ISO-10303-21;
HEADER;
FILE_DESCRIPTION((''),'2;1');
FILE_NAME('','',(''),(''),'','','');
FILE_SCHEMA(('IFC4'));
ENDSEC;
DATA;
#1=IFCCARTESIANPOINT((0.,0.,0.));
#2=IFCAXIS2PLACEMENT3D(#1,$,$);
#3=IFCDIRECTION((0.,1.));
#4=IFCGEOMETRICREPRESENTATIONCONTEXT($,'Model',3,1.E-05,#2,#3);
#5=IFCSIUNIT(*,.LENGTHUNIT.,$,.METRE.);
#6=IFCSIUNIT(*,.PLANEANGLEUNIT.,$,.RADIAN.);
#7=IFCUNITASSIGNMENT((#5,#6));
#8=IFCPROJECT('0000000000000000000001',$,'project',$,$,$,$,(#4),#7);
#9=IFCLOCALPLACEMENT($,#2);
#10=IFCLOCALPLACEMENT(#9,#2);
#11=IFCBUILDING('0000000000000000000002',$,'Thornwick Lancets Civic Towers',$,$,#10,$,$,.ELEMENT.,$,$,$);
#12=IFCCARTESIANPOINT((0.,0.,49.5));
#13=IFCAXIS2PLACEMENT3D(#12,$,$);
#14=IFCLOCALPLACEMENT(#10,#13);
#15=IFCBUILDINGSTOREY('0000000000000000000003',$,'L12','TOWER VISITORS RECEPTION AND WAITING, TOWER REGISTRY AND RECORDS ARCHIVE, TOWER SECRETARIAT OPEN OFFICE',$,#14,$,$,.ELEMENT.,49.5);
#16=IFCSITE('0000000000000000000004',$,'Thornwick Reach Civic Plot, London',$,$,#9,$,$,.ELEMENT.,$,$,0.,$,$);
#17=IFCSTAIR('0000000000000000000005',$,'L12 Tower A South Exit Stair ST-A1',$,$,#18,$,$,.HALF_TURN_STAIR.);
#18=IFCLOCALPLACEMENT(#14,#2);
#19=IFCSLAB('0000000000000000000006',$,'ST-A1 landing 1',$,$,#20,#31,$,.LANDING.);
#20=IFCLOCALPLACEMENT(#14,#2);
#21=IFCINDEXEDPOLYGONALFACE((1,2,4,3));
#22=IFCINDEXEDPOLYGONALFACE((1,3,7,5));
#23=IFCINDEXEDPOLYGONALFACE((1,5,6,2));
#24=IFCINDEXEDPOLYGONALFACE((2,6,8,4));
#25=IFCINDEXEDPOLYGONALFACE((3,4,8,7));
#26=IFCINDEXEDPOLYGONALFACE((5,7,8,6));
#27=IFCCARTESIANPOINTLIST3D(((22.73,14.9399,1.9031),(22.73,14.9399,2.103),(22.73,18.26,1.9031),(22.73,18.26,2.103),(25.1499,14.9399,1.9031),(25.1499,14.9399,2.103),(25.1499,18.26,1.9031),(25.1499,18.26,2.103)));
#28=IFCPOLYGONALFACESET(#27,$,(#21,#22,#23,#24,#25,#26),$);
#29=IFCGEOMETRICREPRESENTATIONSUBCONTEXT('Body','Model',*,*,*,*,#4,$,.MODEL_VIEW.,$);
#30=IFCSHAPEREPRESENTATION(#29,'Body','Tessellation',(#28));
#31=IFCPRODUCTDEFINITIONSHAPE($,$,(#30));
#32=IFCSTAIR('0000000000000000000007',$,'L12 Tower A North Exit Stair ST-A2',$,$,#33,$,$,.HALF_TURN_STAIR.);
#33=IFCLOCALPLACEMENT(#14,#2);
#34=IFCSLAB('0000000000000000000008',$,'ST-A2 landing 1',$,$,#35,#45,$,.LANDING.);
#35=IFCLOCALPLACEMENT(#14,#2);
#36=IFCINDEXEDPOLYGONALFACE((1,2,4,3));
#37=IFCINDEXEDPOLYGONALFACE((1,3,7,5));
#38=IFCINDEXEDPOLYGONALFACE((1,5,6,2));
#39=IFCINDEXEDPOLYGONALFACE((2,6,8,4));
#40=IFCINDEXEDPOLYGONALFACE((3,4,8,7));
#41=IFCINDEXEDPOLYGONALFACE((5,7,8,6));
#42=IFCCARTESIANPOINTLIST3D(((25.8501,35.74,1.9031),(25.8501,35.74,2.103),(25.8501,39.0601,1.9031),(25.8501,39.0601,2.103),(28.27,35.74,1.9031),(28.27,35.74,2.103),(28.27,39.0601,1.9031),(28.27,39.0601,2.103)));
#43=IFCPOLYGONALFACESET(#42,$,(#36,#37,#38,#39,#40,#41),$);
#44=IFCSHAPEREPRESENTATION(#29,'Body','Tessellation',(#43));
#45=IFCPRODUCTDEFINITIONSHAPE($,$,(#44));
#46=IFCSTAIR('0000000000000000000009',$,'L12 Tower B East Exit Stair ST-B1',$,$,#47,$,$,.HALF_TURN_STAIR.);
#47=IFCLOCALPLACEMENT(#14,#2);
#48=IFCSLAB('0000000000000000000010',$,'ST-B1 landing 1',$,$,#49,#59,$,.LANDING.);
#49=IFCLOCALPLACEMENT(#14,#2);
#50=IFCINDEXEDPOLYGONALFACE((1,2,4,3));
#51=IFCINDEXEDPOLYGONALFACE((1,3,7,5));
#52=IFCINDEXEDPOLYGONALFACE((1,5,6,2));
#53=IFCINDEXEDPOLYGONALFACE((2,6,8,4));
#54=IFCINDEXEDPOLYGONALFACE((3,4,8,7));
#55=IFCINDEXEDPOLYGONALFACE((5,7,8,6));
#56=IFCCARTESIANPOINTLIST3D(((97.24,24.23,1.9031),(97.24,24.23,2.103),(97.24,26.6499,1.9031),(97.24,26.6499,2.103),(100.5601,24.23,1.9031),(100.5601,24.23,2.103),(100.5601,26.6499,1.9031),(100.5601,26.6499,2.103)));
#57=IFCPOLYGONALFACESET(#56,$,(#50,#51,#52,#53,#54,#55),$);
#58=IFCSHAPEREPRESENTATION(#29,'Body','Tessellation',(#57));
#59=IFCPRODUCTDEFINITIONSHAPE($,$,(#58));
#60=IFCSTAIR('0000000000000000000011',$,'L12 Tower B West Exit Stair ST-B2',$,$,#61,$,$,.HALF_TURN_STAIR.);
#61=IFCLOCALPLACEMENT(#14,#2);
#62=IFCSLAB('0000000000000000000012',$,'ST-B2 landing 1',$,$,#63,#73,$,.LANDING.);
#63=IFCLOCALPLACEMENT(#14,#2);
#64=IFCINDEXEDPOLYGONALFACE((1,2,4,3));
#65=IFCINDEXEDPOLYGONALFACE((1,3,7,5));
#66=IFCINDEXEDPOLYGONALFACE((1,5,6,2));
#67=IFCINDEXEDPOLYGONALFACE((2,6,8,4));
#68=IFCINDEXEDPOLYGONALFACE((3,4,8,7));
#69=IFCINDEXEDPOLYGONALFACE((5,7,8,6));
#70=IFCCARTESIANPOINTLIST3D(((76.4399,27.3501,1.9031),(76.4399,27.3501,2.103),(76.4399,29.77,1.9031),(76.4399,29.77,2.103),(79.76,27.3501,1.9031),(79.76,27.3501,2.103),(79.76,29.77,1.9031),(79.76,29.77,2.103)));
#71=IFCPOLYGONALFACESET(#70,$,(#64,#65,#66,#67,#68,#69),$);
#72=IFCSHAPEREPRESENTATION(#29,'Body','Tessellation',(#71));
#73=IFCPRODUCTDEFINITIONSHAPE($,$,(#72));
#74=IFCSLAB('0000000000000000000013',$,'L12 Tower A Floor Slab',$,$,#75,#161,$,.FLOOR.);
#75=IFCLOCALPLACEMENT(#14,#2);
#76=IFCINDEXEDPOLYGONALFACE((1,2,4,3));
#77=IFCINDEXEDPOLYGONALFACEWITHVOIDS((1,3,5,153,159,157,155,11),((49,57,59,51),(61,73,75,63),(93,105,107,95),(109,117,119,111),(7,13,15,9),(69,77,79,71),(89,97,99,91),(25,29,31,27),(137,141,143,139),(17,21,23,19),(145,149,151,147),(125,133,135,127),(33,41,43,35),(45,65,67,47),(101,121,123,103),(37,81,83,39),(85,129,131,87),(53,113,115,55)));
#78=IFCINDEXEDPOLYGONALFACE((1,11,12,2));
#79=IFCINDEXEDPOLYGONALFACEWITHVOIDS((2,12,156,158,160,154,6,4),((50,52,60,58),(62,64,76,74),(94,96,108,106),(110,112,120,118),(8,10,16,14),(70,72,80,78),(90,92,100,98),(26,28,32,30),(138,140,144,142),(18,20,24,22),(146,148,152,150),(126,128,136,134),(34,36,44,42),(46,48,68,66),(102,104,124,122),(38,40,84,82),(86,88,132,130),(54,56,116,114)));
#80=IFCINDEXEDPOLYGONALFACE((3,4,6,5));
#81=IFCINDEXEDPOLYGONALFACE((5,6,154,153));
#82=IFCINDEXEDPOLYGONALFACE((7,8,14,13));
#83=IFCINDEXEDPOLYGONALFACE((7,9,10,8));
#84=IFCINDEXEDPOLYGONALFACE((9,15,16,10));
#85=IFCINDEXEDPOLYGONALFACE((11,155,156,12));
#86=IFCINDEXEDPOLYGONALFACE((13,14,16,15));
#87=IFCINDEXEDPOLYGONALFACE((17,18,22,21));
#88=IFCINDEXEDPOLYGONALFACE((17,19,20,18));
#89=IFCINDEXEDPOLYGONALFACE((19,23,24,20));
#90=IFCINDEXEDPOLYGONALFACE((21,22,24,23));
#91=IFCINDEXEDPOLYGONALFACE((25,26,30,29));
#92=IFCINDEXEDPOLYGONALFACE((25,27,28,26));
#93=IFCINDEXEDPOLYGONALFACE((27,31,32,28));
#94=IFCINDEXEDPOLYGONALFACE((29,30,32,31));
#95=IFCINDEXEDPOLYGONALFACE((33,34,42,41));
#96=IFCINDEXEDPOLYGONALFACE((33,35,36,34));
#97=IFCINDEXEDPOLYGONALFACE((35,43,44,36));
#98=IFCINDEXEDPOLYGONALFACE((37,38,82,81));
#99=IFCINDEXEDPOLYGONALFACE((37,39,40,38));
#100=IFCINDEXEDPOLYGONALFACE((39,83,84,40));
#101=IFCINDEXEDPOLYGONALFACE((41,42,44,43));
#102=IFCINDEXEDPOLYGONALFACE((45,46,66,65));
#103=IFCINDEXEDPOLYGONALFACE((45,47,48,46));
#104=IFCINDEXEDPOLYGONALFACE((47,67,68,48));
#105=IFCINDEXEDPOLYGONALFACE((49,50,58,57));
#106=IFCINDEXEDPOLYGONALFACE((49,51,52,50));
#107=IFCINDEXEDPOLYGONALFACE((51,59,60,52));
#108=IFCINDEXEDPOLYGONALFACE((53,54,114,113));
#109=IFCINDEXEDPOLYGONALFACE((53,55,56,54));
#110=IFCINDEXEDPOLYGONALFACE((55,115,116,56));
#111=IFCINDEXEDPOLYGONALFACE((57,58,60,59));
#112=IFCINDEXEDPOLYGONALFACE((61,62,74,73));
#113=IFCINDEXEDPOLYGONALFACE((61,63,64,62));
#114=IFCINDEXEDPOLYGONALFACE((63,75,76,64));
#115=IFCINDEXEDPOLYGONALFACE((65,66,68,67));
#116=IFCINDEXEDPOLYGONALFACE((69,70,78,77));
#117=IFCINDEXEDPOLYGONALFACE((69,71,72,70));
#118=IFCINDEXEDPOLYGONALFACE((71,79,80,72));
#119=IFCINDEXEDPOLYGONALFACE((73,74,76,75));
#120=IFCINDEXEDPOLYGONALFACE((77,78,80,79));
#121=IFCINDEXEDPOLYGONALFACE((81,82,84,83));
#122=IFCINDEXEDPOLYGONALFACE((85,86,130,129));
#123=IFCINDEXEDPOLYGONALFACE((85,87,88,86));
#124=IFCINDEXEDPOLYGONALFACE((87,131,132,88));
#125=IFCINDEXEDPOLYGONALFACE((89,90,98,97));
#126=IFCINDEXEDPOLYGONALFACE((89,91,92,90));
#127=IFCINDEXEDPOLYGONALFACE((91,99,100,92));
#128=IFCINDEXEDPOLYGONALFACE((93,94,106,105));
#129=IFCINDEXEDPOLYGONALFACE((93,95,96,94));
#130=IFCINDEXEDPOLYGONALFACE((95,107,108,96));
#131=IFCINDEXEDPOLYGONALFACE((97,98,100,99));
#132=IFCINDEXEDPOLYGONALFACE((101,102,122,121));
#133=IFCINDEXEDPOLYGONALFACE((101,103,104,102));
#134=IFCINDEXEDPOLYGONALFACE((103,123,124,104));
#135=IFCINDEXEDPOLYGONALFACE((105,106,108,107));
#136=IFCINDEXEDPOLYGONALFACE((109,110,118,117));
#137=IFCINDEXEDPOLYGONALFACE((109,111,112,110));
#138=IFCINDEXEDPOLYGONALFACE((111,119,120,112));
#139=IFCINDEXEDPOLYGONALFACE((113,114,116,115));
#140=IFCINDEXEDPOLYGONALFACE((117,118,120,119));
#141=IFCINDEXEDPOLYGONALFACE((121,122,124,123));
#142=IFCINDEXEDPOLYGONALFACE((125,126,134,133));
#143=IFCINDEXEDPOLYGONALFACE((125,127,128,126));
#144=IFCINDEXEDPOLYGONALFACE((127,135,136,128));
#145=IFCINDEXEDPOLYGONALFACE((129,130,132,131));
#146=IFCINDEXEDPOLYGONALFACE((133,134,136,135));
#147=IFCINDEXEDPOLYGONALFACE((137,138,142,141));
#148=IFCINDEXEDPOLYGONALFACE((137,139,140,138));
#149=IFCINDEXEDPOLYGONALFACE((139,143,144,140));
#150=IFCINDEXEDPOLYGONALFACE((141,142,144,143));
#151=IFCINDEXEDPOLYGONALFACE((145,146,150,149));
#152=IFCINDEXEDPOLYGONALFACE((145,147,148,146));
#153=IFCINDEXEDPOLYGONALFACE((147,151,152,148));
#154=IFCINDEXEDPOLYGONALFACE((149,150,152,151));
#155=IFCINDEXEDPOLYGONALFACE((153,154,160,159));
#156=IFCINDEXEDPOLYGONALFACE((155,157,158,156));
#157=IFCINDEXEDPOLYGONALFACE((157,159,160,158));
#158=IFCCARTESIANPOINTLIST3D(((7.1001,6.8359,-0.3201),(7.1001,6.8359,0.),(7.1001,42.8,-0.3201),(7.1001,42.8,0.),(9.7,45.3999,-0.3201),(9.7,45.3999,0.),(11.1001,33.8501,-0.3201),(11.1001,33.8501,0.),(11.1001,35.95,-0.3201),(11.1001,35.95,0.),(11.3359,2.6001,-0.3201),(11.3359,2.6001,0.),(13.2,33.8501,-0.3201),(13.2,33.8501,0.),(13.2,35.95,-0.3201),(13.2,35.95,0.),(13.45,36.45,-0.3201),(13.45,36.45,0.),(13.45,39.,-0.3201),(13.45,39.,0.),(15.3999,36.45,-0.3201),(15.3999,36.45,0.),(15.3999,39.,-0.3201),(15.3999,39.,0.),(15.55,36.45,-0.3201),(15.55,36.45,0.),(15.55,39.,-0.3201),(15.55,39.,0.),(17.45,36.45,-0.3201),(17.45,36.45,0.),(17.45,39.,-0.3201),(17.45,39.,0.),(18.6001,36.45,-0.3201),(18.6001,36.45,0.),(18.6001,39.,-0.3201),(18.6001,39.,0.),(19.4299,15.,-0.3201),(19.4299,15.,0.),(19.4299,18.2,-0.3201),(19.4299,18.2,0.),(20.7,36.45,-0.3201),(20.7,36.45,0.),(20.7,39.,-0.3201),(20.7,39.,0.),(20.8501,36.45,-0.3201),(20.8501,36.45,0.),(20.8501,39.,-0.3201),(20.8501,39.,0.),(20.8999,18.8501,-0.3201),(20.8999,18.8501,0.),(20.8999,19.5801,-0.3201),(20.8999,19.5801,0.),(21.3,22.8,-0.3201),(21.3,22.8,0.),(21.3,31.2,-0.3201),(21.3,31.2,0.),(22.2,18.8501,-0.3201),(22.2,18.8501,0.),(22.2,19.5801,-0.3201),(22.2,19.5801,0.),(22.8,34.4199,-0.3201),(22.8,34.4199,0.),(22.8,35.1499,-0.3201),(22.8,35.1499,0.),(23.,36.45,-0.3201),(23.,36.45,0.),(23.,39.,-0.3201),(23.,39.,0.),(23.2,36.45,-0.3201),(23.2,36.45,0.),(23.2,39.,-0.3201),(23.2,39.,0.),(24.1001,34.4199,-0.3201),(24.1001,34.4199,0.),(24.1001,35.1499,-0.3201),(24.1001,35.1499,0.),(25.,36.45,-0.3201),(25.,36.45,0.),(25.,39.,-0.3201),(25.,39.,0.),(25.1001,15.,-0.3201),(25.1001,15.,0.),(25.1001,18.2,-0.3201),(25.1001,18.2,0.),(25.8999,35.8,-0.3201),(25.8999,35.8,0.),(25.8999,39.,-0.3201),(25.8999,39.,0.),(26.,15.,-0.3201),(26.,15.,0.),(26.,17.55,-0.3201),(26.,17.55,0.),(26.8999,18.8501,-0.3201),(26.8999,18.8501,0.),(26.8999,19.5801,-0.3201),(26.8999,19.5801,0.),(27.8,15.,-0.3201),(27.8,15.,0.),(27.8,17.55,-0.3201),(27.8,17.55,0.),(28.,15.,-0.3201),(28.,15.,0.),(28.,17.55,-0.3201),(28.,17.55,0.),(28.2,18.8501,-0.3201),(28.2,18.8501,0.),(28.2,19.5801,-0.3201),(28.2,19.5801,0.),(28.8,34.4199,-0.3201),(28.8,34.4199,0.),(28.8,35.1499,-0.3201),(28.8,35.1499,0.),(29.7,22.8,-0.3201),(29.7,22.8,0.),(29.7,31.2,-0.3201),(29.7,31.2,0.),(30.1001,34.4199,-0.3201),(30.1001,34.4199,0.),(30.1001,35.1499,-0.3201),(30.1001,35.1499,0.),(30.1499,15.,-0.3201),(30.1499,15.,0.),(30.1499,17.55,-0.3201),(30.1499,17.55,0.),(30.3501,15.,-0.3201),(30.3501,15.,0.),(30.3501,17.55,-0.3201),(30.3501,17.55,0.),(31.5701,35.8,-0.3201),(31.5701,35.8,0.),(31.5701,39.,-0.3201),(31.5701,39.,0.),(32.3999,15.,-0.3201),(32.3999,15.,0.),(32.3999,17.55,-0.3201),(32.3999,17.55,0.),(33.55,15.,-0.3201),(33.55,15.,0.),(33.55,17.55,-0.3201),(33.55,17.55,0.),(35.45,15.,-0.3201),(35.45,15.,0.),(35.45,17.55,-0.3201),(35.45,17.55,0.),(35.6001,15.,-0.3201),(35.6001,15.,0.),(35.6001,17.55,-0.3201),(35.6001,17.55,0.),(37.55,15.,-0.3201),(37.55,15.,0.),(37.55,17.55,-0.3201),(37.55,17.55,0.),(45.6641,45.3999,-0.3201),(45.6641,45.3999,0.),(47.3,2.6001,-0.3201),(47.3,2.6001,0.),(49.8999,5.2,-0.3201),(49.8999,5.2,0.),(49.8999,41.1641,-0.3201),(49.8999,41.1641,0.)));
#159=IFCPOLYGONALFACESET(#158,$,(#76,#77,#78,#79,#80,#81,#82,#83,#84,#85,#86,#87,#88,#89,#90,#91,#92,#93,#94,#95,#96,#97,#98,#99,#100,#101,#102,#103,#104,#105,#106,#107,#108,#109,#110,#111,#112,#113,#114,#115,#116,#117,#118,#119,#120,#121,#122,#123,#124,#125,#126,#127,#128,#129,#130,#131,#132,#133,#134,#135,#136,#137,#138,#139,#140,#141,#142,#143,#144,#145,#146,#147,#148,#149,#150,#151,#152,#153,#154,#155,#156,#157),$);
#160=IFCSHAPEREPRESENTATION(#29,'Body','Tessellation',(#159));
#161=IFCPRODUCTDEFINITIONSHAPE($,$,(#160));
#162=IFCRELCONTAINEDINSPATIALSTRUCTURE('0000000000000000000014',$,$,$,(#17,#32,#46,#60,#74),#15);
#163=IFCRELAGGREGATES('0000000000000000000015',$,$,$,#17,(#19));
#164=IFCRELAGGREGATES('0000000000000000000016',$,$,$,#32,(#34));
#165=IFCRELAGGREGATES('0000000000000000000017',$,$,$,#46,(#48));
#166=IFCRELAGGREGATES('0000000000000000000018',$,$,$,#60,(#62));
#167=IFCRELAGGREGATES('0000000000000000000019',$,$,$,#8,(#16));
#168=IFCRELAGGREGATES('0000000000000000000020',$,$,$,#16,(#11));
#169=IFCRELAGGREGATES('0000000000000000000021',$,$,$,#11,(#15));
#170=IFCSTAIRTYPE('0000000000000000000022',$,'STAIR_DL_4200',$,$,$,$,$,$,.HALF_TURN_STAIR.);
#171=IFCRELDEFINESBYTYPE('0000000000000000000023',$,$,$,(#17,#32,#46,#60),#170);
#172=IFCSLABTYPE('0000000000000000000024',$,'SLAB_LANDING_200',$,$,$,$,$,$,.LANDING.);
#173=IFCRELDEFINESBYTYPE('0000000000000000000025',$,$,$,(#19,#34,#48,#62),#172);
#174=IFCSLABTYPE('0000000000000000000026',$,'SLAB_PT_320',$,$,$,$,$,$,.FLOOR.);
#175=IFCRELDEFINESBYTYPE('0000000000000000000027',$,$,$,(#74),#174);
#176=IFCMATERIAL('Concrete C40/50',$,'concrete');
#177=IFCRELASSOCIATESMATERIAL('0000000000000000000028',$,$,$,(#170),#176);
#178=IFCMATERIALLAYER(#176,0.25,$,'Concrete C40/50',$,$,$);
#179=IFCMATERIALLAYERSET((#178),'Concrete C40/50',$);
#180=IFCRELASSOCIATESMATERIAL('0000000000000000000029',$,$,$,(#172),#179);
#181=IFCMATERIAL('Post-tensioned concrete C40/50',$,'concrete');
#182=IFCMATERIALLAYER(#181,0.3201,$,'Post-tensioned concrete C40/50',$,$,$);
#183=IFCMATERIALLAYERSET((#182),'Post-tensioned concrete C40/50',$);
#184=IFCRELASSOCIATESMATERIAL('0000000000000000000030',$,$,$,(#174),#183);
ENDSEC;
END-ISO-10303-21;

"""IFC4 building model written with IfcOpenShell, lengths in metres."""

from ifc_helpers import new_model, si_unit, direction, frame, origin, place, context, subcontext, project, spatial, polyline, outline, extrude, material, layer, layer_set, type_object, element, aggregate, save


model = new_model("IFC4")

# Units and contexts
model_context = context("Model", 3, precision=1e-05, world=origin(), true_north=direction((0.0, 1.0)))
body_context = subcontext(model_context, "Body", "Model", "MODEL_VIEW")
ifc_project = project(units=[si_unit("LENGTHUNIT", "METRE"), si_unit("PLANEANGLEUNIT", "RADIAN")], contexts=[model_context])

# Site, building, storey
site_placement = place(None, origin())
site = spatial("IfcSite", under=ifc_project, at=site_placement, Name="Thornwick Reach Civic Plot, London", CompositionType="ELEMENT", RefElevation=0.0)
building_placement = place(site_placement, origin())
building = spatial("IfcBuilding", under=site, at=building_placement, Name="Thornwick Lancets Civic Towers", CompositionType="ELEMENT")
storey_placement = place(building_placement, frame((0.0, 0.0, 49.5)))
storey = spatial("IfcBuildingStorey", under=building, at=storey_placement, Name="L12", Description="TOWER VISITORS RECEPTION AND WAITING, TOWER REGISTRY AND RECORDS ARCHIVE, TOWER SECRETARIAT OPEN OFFICE", CompositionType="ELEMENT", Elevation=49.5)

# Stairs, slabs
ifc_material_1 = material(Name="Concrete C40/50", Category="concrete")
stair_type = type_object("IfcStairType", Name="STAIR_DL_4200", PredefinedType="HALF_TURN_STAIR", material=ifc_material_1)
stair_1_placement = place(storey_placement, origin())
stair_1 = element("IfcStair", 1, at=stair_1_placement, inside=storey, type_object=stair_type, Name="L12 Tower A South Exit Stair ST-A1", PredefinedType="HALF_TURN_STAIR")
ifc_layer_1 = layer(ifc_material_1, 0.25, Name="Concrete C40/50")
ifc_layer_set_1 = layer_set([ifc_layer_1], Name="Concrete C40/50")
slab_type_1 = type_object("IfcSlabType", Name="SLAB_LANDING_200", PredefinedType="LANDING", material=ifc_layer_set_1)
slab_1_placement = place(storey_placement, frame((0.0, 0.0, 1.9031)))
slab_1 = element("IfcSlab", 2, at=slab_1_placement, type_object=slab_type_1, Name="ST-A1 landing 1", PredefinedType="LANDING", context=body_context, shape_type="SweptSolid", body=[
    extrude(outline(polyline([(22.73, 14.9399), (25.1499, 14.9399), (25.1499, 18.26), (22.73, 18.26), (22.73, 14.9399)])), origin(), (0.0, 0.0, 1.0), 0.2),
])
aggregate(stair_1, [slab_1])
stair_2_placement = place(storey_placement, origin())
stair_2 = element("IfcStair", 3, at=stair_2_placement, inside=storey, type_object=stair_type, Name="L12 Tower A North Exit Stair ST-A2", PredefinedType="HALF_TURN_STAIR")
slab_2_placement = place(storey_placement, frame((0.0, 0.0, 1.9031)))
slab_2 = element("IfcSlab", 4, at=slab_2_placement, type_object=slab_type_1, Name="ST-A2 landing 1", PredefinedType="LANDING", context=body_context, shape_type="SweptSolid", body=[
    extrude(outline(polyline([(28.27, 39.0601), (25.8501, 39.0601), (25.8501, 35.74), (28.27, 35.74), (28.27, 39.0601)])), origin(), (0.0, 0.0, 1.0), 0.2),
])
aggregate(stair_2, [slab_2])
stair_3_placement = place(storey_placement, origin())
stair_3 = element("IfcStair", 5, at=stair_3_placement, inside=storey, type_object=stair_type, Name="L12 Tower B East Exit Stair ST-B1", PredefinedType="HALF_TURN_STAIR")
slab_3_placement = place(storey_placement, frame((0.0, 0.0, 1.9031)))
slab_3 = element("IfcSlab", 6, at=slab_3_placement, type_object=slab_type_1, Name="ST-B1 landing 1", PredefinedType="LANDING", context=body_context, shape_type="SweptSolid", body=[
    extrude(outline(polyline([(100.5601, 24.23), (100.5601, 26.6499), (97.24, 26.6499), (97.24, 24.23), (100.5601, 24.23)])), origin(), (0.0, 0.0, 1.0), 0.2),
])
aggregate(stair_3, [slab_3])
stair_4_placement = place(storey_placement, origin())
stair_4 = element("IfcStair", 7, at=stair_4_placement, inside=storey, type_object=stair_type, Name="L12 Tower B West Exit Stair ST-B2", PredefinedType="HALF_TURN_STAIR")
slab_4_placement = place(storey_placement, frame((0.0, 0.0, 1.9031)))
slab_4 = element("IfcSlab", 8, at=slab_4_placement, type_object=slab_type_1, Name="ST-B2 landing 1", PredefinedType="LANDING", context=body_context, shape_type="SweptSolid", body=[
    extrude(outline(polyline([(76.4399, 29.77), (76.4399, 27.3501), (79.76, 27.3501), (79.76, 29.77), (76.4399, 29.77)])), origin(), (0.0, 0.0, 1.0), 0.2),
])
aggregate(stair_4, [slab_4])

# Slab
ifc_material_2 = material(Name="Post-tensioned concrete C40/50", Category="concrete")
ifc_layer_2 = layer(ifc_material_2, 0.3201, Name="Post-tensioned concrete C40/50")
ifc_layer_set_2 = layer_set([ifc_layer_2], Name="Post-tensioned concrete C40/50")
slab_type_2 = type_object("IfcSlabType", Name="SLAB_PT_320", PredefinedType="FLOOR", material=ifc_layer_set_2)
slab_5_placement = place(storey_placement, frame((0.0, 0.0, -0.3201)))
element("IfcSlab", 9, at=slab_5_placement, inside=storey, type_object=slab_type_2, Name="L12 Tower A Floor Slab", PredefinedType="FLOOR", context=body_context, shape_type="SweptSolid", body=[
    extrude(outline(polyline([(11.3359, 2.6001), (47.3, 2.6001), (49.8999, 5.2), (49.8999, 41.1641), (45.6641, 45.3999), (9.7, 45.3999), (7.1001, 42.8), (7.1001, 6.8359), (11.3359, 2.6001)]), holes=[polyline([(21.3, 22.8), (29.7, 22.8), (29.7, 31.2), (21.3, 31.2), (21.3, 22.8)]), polyline([(19.4299, 15.0), (25.1001, 15.0), (25.1001, 18.2), (19.4299, 18.2), (19.4299, 15.0)]), polyline([(31.5701, 39.0), (25.8999, 39.0), (25.8999, 35.8), (31.5701, 35.8), (31.5701, 39.0)]), polyline([(26.0, 15.0), (27.8, 15.0), (27.8, 17.55), (26.0, 17.55), (26.0, 15.0)]), polyline([(28.0, 15.0), (30.1499, 15.0), (30.1499, 17.55), (28.0, 17.55), (28.0, 15.0)]), polyline([(30.3501, 15.0), (32.3999, 15.0), (32.3999, 17.55), (30.3501, 17.55), (30.3501, 15.0)]), polyline([(33.55, 15.0), (35.45, 15.0), (35.45, 17.55), (33.55, 17.55), (33.55, 15.0)]), polyline([(35.6001, 15.0), (37.55, 15.0), (37.55, 17.55), (35.6001, 17.55), (35.6001, 15.0)]), polyline([(23.2, 36.45), (25.0, 36.45), (25.0, 39.0), (23.2, 39.0), (23.2, 36.45)]), polyline([(20.8501, 36.45), (23.0, 36.45), (23.0, 39.0), (20.8501, 39.0), (20.8501, 36.45)]), polyline([(18.6001, 36.45), (20.7, 36.45), (20.7, 39.0), (18.6001, 39.0), (18.6001, 36.45)]), polyline([(15.55, 36.45), (17.45, 36.45), (17.45, 39.0), (15.55, 39.0), (15.55, 36.45)]), polyline([(13.45, 36.45), (15.3999, 36.45), (15.3999, 39.0), (13.45, 39.0), (13.45, 36.45)]), polyline([(11.1001, 33.8501), (13.2, 33.8501), (13.2, 35.95), (11.1001, 35.95), (11.1001, 33.8501)]), polyline([(26.8999, 18.8501), (28.2, 18.8501), (28.2, 19.5801), (26.8999, 19.5801), (26.8999, 18.8501)]), polyline([(20.8999, 18.8501), (22.2, 18.8501), (22.2, 19.5801), (20.8999, 19.5801), (20.8999, 18.8501)]), polyline([(22.8, 34.4199), (24.1001, 34.4199), (24.1001, 35.1499), (22.8, 35.1499), (22.8, 34.4199)]), polyline([(28.8, 34.4199), (30.1001, 34.4199), (30.1001, 35.1499), (28.8, 35.1499), (28.8, 34.4199)])]), origin(), (0.0, 0.0, 1.0), 0.3201),
])

save(model, "model.ifc")
